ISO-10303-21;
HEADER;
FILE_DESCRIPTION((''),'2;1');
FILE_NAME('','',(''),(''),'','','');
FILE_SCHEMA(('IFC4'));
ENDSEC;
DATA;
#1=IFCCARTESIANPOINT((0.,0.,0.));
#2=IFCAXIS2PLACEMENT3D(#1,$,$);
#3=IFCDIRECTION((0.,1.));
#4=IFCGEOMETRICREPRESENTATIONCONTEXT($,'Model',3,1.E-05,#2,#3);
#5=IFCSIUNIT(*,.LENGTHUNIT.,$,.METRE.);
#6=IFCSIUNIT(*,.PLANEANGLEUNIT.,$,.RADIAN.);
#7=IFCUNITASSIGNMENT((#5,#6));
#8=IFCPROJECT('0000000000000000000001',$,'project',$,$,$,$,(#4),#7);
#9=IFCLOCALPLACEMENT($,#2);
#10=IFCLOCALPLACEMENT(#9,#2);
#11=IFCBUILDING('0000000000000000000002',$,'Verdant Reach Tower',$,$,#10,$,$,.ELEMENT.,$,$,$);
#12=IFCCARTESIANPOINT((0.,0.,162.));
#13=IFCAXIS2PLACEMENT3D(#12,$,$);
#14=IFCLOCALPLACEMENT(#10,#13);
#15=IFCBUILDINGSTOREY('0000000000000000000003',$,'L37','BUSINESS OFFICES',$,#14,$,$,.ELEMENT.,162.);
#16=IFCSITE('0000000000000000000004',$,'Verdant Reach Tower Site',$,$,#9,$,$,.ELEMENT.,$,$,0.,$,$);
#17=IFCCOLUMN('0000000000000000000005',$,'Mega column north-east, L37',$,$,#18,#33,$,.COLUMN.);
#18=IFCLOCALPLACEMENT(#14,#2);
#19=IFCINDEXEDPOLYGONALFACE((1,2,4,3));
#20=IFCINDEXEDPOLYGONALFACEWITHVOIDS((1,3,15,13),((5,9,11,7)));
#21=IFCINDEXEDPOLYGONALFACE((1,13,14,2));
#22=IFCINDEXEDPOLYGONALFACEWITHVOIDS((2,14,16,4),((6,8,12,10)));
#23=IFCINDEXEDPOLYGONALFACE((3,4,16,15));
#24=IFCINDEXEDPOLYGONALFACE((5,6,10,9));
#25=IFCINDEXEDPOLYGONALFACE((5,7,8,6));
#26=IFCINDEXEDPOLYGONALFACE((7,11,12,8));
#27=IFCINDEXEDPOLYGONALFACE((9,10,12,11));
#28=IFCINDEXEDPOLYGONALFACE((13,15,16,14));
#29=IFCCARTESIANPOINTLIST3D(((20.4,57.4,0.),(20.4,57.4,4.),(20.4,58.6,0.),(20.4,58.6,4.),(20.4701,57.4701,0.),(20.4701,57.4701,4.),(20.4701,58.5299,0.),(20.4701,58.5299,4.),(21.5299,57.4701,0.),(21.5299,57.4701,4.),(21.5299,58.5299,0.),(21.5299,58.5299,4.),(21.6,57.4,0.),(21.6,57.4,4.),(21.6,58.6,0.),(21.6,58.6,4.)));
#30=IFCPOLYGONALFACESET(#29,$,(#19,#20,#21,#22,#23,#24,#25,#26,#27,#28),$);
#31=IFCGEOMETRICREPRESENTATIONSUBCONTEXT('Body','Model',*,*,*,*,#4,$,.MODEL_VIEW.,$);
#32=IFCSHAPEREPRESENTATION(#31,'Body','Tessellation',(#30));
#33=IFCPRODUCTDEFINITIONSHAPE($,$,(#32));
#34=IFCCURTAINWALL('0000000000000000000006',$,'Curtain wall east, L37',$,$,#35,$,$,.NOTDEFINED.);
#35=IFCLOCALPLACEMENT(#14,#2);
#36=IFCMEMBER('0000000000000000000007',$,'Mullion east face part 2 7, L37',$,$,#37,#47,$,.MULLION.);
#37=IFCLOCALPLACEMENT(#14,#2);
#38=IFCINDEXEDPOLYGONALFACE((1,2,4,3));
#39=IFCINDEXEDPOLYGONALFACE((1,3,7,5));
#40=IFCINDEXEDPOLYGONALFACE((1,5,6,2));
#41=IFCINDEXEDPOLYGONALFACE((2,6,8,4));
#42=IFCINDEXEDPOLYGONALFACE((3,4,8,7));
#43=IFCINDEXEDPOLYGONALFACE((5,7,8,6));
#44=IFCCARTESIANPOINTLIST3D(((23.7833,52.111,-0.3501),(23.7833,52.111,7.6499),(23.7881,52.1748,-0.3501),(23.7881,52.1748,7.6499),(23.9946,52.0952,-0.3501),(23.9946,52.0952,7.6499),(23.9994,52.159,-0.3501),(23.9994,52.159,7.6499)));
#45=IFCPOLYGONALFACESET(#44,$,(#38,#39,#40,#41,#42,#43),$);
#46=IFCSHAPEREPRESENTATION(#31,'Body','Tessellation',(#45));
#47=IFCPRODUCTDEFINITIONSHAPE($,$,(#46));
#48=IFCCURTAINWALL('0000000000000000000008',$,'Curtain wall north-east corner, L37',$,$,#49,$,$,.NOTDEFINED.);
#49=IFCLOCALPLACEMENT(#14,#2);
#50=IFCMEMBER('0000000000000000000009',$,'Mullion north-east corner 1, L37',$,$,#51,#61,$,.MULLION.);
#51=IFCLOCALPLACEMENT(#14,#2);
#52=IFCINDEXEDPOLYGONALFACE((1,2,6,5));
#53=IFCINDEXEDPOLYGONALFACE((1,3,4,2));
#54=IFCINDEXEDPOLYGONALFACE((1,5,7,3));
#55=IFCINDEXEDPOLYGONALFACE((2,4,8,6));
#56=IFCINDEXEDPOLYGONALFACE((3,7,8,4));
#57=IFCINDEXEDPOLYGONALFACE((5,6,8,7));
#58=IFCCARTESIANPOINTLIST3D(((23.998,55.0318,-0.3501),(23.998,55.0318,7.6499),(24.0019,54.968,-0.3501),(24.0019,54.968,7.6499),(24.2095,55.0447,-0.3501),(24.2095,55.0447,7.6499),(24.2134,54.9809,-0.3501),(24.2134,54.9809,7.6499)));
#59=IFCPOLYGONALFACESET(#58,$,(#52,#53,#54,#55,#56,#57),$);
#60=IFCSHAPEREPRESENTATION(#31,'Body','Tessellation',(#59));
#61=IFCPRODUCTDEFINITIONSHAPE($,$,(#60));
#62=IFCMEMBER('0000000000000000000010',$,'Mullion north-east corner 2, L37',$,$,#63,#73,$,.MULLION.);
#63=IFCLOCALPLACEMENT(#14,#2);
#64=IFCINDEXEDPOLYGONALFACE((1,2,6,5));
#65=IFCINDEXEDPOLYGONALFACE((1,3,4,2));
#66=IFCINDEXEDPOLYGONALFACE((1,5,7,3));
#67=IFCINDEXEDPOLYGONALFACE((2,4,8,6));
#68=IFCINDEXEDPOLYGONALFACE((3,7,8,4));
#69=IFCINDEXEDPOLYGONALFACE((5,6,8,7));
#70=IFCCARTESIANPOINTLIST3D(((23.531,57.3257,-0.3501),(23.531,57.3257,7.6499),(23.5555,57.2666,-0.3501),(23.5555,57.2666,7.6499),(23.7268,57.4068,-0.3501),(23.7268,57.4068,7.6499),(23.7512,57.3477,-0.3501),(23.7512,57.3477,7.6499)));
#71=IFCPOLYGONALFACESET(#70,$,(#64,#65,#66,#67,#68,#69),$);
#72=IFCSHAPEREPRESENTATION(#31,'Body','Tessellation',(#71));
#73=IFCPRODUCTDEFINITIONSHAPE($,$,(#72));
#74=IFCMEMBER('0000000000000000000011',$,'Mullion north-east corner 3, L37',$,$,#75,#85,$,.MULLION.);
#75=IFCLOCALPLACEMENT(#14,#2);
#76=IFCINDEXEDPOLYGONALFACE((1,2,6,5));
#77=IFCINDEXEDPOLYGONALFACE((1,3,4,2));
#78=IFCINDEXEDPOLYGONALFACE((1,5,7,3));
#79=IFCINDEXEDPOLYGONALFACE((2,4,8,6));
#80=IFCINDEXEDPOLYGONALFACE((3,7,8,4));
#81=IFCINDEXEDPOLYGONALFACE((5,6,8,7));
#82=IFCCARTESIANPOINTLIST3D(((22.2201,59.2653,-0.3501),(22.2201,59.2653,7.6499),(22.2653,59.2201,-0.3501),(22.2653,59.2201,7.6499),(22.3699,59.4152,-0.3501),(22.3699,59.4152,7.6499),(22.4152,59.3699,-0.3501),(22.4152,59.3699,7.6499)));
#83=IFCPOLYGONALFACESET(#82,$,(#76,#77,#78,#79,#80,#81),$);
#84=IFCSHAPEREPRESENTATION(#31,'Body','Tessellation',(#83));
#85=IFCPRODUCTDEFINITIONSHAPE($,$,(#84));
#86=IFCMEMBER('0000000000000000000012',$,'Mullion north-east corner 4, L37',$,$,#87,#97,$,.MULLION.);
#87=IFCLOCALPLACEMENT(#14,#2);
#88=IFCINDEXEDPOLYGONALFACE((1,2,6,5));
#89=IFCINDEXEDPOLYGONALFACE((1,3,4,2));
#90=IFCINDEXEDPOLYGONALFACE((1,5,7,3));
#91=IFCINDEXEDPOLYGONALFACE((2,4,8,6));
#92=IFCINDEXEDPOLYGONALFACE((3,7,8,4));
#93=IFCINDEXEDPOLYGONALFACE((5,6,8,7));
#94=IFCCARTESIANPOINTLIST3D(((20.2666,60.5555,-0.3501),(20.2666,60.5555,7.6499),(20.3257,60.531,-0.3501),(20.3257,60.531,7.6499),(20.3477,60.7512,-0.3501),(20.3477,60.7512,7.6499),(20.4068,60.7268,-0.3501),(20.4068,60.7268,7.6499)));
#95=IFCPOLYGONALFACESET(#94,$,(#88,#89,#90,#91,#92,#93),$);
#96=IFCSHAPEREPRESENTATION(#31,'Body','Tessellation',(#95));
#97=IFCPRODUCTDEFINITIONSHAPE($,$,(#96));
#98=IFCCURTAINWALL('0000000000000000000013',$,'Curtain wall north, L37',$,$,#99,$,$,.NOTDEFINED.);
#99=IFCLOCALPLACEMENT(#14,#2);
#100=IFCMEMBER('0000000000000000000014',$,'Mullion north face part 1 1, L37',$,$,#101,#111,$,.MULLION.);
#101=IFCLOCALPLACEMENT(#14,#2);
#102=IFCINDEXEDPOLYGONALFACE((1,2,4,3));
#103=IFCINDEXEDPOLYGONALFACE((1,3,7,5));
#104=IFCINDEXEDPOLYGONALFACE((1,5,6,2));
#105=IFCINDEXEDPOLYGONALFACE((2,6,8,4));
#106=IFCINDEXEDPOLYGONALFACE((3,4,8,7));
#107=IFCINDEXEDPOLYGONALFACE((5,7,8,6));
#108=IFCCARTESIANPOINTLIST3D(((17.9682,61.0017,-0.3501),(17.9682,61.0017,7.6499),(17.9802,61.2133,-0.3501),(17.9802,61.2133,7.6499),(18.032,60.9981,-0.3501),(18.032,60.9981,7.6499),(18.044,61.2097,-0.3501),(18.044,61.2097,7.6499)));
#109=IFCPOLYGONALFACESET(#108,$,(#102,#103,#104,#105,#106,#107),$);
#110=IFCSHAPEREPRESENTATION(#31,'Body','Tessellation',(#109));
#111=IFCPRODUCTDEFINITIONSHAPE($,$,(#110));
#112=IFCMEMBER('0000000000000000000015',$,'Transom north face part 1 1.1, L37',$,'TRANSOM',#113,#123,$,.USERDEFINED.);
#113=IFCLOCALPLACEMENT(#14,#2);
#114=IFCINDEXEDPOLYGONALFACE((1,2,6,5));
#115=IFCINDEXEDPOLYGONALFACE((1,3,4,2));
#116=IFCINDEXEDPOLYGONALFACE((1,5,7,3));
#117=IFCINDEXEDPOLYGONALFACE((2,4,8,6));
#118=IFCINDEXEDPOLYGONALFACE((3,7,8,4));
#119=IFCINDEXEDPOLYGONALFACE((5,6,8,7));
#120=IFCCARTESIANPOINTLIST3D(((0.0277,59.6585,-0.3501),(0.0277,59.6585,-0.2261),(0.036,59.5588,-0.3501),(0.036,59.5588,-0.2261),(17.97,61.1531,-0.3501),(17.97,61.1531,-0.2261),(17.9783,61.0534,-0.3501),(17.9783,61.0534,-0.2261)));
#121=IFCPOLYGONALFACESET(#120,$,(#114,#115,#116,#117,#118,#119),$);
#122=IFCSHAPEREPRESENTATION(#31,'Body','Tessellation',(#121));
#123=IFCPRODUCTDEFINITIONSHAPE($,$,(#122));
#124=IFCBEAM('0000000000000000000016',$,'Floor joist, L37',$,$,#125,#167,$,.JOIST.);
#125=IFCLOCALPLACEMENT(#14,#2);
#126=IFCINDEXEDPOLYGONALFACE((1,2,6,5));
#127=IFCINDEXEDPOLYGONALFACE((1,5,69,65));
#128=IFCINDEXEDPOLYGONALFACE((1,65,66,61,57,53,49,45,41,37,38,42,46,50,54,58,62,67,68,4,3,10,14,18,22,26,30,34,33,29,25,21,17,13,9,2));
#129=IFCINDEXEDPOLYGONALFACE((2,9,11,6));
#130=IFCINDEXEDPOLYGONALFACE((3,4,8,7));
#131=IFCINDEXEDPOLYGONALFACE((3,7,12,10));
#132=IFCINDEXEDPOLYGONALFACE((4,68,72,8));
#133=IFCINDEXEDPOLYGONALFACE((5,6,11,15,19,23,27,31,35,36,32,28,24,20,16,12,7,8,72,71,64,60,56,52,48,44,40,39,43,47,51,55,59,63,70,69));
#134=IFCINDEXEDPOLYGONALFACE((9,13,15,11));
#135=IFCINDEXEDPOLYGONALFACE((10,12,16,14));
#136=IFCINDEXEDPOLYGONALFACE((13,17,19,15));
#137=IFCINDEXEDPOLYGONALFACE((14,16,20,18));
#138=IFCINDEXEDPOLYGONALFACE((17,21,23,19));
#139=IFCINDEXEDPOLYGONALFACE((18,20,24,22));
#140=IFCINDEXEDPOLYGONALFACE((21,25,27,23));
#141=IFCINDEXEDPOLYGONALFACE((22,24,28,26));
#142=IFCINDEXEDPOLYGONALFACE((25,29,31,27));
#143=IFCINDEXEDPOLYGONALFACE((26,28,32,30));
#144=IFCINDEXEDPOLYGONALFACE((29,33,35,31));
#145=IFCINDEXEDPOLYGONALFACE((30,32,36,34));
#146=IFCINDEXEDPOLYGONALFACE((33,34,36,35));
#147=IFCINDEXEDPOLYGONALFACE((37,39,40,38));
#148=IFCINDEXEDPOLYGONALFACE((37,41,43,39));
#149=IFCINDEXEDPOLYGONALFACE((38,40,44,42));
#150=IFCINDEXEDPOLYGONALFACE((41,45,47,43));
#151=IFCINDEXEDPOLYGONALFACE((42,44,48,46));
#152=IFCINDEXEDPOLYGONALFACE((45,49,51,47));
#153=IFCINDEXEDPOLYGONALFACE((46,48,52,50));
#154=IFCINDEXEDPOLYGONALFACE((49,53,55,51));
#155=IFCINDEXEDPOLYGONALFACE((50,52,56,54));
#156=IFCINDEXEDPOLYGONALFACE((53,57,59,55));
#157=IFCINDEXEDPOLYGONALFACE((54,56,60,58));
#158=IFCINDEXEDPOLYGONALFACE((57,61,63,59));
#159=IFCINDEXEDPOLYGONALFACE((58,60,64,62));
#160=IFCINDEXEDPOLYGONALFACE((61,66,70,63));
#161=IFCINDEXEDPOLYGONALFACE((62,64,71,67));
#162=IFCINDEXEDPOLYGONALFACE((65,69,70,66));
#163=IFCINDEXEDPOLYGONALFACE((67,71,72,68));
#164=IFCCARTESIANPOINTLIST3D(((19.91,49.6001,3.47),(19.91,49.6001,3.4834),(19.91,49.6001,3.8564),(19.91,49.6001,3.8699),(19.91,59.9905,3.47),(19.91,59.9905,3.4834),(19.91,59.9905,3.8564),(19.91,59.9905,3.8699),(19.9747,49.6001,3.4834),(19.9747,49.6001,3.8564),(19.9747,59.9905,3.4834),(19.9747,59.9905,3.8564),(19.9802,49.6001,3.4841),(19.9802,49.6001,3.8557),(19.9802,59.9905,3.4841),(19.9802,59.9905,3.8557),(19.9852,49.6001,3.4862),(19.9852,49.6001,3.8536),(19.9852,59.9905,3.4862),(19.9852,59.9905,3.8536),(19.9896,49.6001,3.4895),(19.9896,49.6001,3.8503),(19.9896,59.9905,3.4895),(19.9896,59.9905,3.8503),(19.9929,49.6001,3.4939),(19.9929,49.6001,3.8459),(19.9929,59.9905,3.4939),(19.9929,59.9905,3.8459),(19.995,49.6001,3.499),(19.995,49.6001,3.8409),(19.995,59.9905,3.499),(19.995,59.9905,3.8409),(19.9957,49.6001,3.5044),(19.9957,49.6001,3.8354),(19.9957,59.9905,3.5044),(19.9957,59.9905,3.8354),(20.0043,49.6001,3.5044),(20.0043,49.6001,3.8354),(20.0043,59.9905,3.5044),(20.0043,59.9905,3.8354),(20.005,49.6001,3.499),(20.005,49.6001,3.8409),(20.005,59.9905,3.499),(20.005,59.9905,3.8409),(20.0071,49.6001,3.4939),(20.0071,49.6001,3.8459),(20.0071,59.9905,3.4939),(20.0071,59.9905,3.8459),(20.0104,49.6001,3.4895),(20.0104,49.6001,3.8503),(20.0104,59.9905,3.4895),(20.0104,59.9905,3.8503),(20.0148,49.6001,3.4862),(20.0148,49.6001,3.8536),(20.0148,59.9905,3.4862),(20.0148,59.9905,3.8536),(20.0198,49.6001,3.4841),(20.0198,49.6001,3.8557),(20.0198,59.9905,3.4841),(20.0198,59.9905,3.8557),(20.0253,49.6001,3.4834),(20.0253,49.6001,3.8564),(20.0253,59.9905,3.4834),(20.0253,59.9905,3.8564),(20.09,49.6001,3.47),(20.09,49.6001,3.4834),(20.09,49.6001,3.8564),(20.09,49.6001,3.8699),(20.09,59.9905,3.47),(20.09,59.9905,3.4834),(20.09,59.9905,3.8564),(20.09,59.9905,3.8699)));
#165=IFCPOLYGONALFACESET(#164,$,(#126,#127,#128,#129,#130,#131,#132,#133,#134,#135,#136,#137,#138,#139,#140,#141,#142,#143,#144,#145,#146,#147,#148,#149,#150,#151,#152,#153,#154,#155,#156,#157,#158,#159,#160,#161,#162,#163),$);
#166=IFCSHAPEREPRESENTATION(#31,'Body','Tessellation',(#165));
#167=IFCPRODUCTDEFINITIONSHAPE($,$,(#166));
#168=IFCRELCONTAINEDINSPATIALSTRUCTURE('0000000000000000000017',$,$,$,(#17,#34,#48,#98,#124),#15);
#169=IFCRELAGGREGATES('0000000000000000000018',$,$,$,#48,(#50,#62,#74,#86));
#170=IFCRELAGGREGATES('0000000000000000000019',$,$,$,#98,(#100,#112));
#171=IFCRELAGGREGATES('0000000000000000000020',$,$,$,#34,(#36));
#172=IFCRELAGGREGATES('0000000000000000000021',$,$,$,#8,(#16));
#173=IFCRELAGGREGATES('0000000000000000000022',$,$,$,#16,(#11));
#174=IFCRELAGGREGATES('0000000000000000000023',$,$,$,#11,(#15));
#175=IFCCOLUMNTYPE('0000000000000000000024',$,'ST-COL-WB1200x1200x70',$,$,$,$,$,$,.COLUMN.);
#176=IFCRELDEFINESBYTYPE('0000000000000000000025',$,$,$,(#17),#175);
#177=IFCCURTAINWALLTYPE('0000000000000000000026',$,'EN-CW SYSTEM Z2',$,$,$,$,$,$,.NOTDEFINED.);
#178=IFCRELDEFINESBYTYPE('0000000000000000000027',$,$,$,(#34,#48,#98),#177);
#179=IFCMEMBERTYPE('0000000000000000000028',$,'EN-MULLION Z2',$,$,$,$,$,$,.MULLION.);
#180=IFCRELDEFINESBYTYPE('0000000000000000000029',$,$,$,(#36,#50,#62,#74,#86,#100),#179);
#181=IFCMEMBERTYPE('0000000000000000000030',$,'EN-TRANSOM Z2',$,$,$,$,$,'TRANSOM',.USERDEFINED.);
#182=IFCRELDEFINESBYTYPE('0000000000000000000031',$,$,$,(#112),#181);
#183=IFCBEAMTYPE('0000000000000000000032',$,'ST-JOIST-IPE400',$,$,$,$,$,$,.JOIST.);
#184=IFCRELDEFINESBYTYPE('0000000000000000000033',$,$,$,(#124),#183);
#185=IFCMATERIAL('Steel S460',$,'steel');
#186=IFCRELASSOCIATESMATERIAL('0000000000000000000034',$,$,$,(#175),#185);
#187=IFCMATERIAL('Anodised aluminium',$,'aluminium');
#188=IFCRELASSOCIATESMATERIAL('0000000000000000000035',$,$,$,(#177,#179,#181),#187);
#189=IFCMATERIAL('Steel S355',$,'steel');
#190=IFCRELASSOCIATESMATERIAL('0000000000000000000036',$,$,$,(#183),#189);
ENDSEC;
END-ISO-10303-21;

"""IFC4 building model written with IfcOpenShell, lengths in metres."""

from ifc_helpers import new_model, si_unit, direction, frame, origin, origin_2d, place, context, subcontext, project, spatial, rectangle, hollow_rectangle, i_section, extrude, material, material_profile, profile_set, type_object, element, aggregate, save


model = new_model("IFC4")

# Units and contexts
model_context = context("Model", 3, precision=1e-05, world=origin(), true_north=direction((0.0, 1.0)))
body_context = subcontext(model_context, "Body", "Model", "MODEL_VIEW")
ifc_project = project(units=[si_unit("LENGTHUNIT", "METRE"), si_unit("PLANEANGLEUNIT", "RADIAN")], contexts=[model_context])

# Site, building, storey
site_placement = place(None, origin())
site = spatial("IfcSite", under=ifc_project, at=site_placement, Name="Verdant Reach Tower Site", CompositionType="ELEMENT", RefElevation=0.0)
building_placement = place(site_placement, origin())
building = spatial("IfcBuilding", under=site, at=building_placement, Name="Verdant Reach Tower", CompositionType="ELEMENT")
storey_placement = place(building_placement, frame((0.0, 0.0, 162.0)))
storey = spatial("IfcBuildingStorey", under=building, at=storey_placement, Name="L37", Description="BUSINESS OFFICES", CompositionType="ELEMENT", Elevation=162.0)

# Column
ifc_material_1 = material(Name="Steel S460", Category="steel")
ifc_material_profile_1 = material_profile(ifc_material_1, hollow_rectangle(XDim=1.2, YDim=1.2, WallThickness=0.0701, at=origin_2d()), Name="WB 1200x1200x70")
ifc_profile_set_1 = profile_set([ifc_material_profile_1], Name="Steel S460")
column_type = type_object("IfcColumnType", Name="ST-COL-WB1200x1200x70", PredefinedType="COLUMN", material=ifc_profile_set_1)
column_placement = place(storey_placement, frame((21.0, 58.0, 0.0), z_axis=(0.0, 0.0, 1.0), x_axis=(1.0, 0.0, 0.0)))
element("IfcColumn", 1, at=column_placement, inside=storey, type_object=column_type, Name="Mega column north-east, L37", PredefinedType="COLUMN", context=body_context, shape_type="SweptSolid", body=[
    extrude(hollow_rectangle(XDim=1.2, YDim=1.2, WallThickness=0.0701, at=origin_2d()), origin(), (0.0, 0.0, 1.0), 4.0),
])

# Curtain wall, member
ifc_material_2 = material(Name="Anodised aluminium", Category="aluminium")
curtain_wall_type = type_object("IfcCurtainWallType", Name="EN-CW SYSTEM Z2", PredefinedType="NOTDEFINED", material=ifc_material_2)
curtain_wall_1_placement = place(storey_placement, origin())
curtain_wall_1 = element("IfcCurtainWall", 2, at=curtain_wall_1_placement, inside=storey, type_object=curtain_wall_type, Name="Curtain wall east, L37", PredefinedType="NOTDEFINED")
ifc_material_profile_2 = material_profile(ifc_material_2, rectangle(XDim=0.2119, YDim=0.064, at=origin_2d()), Name="Mullion 64x212")
ifc_profile_set_2 = profile_set([ifc_material_profile_2], Name="Anodised aluminium")
member_type_1 = type_object("IfcMemberType", Name="EN-MULLION Z2", PredefinedType="MULLION", material=ifc_profile_set_2)
member_1_placement = place(storey_placement, frame((23.8914, 52.135, -0.3501), z_axis=(0.0, 0.0, 1.0), x_axis=(0.997199, -0.07479, 0.0)))
member_1 = element("IfcMember", 3, at=member_1_placement, type_object=member_type_1, Name="Mullion east face part 2 7, L37", PredefinedType="MULLION", context=body_context, shape_type="SweptSolid", body=[
    extrude(rectangle(XDim=0.2119, YDim=0.064, at=origin_2d()), origin(), (0.0, 0.0, 1.0), 8.0),
])

# Curtain walls, members
curtain_wall_2_placement = place(storey_placement, origin())
curtain_wall_2 = element("IfcCurtainWall", 4, at=curtain_wall_2_placement, inside=storey, type_object=curtain_wall_type, Name="Curtain wall north-east corner, L37", PredefinedType="NOTDEFINED")
member_2_placement = place(storey_placement, frame((24.1057, 55.0063, -0.3501), z_axis=(0.0, 0.0, 1.0), x_axis=(0.998156, 0.060703, 0.0)))
member_2 = element("IfcMember", 5, at=member_2_placement, type_object=member_type_1, Name="Mullion north-east corner 1, L37", PredefinedType="MULLION", context=body_context, shape_type="SweptSolid", body=[
    extrude(rectangle(XDim=0.2119, YDim=0.064, at=origin_2d()), origin(), (0.0, 0.0, 1.0), 8.0),
])
member_3_placement = place(storey_placement, frame((23.6411, 57.3367, -0.3501), z_axis=(0.0, 0.0, 1.0), x_axis=(0.923875, 0.382694, 0.0)))
member_3 = element("IfcMember", 6, at=member_3_placement, type_object=member_type_1, Name="Mullion north-east corner 2, L37", PredefinedType="MULLION", context=body_context, shape_type="SweptSolid", body=[
    extrude(rectangle(XDim=0.2119, YDim=0.064, at=origin_2d()), origin(), (0.0, 0.0, 1.0), 8.0),
])
member_4_placement = place(storey_placement, frame((22.3176, 59.3176, -0.3501), z_axis=(0.0, 0.0, 1.0), x_axis=(0.707107, 0.707107, 0.0)))
member_4 = element("IfcMember", 7, at=member_4_placement, type_object=member_type_1, Name="Mullion north-east corner 3, L37", PredefinedType="MULLION", context=body_context, shape_type="SweptSolid", body=[
    extrude(rectangle(XDim=0.2119, YDim=0.064, at=origin_2d()), origin(), (0.0, 0.0, 1.0), 8.0),
])
member_5_placement = place(storey_placement, frame((20.3367, 60.6411, -0.3501), z_axis=(0.0, 0.0, 1.0), x_axis=(0.382694, 0.923875, 0.0)))
member_5 = element("IfcMember", 8, at=member_5_placement, type_object=member_type_1, Name="Mullion north-east corner 4, L37", PredefinedType="MULLION", context=body_context, shape_type="SweptSolid", body=[
    extrude(rectangle(XDim=0.2119, YDim=0.064, at=origin_2d()), origin(), (0.0, 0.0, 1.0), 8.0),
])
curtain_wall_3_placement = place(storey_placement, origin())
curtain_wall_3 = element("IfcCurtainWall", 9, at=curtain_wall_3_placement, inside=storey, type_object=curtain_wall_type, Name="Curtain wall north, L37", PredefinedType="NOTDEFINED")
member_6_placement = place(storey_placement, frame((18.0061, 61.1057, -0.3501), z_axis=(0.0, 0.0, 1.0), x_axis=(0.056569, 0.998399, 0.0)))
member_6 = element("IfcMember", 10, at=member_6_placement, type_object=member_type_1, Name="Mullion north face part 1 1, L37", PredefinedType="MULLION", context=body_context, shape_type="SweptSolid", body=[
    extrude(rectangle(XDim=0.2119, YDim=0.064, at=origin_2d()), origin(), (0.0, 0.0, 1.0), 8.0),
])
ifc_material_profile_3 = material_profile(ifc_material_2, rectangle(XDim=0.1001, YDim=0.124, at=origin_2d()), Name="Transom 124x100")
ifc_profile_set_3 = profile_set([ifc_material_profile_3], Name="Anodised aluminium")
member_type_2 = type_object("IfcMemberType", Name="EN-TRANSOM Z2", ElementType="TRANSOM", PredefinedType="USERDEFINED", material=ifc_profile_set_3)
member_7_placement = place(storey_placement, frame((17.9741, 61.1033, -0.2881), z_axis=(-0.996548, -0.083015, 0.0), x_axis=(0.083015, -0.996548, 0.0)))
member_7 = element("IfcMember", 11, at=member_7_placement, type_object=member_type_2, Name="Transom north face part 1 1.1, L37", ObjectType="TRANSOM", PredefinedType="USERDEFINED", context=body_context, shape_type="SweptSolid", body=[
    extrude(rectangle(XDim=0.1001, YDim=0.124, at=origin_2d()), origin(), (0.0, 0.0, 1.0), 18.0044),
])

# Beam
ifc_material_3 = material(Name="Steel S355", Category="steel")
ifc_material_profile_4 = material_profile(ifc_material_3, i_section(OverallWidth=0.1799, OverallDepth=0.3999, WebThickness=0.0085, FlangeThickness=0.0134, FilletRadius=0.021, at=origin_2d()), Name="IPE 400")
ifc_profile_set_4 = profile_set([ifc_material_profile_4], Name="Steel S355")
beam_type_1 = type_object("IfcBeamType", Name="ST-JOIST-IPE400", PredefinedType="JOIST", material=ifc_profile_set_4)
beam_1_placement = place(storey_placement, frame((20.0, 49.6001, 3.6699), z_axis=(0.0, 1.0, 0.0), x_axis=(-1.0, 0.0, 0.0)))
element("IfcBeam", 12, at=beam_1_placement, inside=storey, type_object=beam_type_1, Name="Floor joist, L37", PredefinedType="JOIST", context=body_context, shape_type="SweptSolid", body=[
    extrude(i_section(OverallWidth=0.1799, OverallDepth=0.3999, WebThickness=0.0085, FlangeThickness=0.0134, FilletRadius=0.021, at=origin_2d()), origin(), (0.0, 0.0, 1.0), 10.3904),
])

aggregate(curtain_wall_2, [member_2, member_3, member_4, member_5])
aggregate(curtain_wall_3, [member_6, member_7])
aggregate(curtain_wall_1, [member_1])

save(model, "model.ifc")
